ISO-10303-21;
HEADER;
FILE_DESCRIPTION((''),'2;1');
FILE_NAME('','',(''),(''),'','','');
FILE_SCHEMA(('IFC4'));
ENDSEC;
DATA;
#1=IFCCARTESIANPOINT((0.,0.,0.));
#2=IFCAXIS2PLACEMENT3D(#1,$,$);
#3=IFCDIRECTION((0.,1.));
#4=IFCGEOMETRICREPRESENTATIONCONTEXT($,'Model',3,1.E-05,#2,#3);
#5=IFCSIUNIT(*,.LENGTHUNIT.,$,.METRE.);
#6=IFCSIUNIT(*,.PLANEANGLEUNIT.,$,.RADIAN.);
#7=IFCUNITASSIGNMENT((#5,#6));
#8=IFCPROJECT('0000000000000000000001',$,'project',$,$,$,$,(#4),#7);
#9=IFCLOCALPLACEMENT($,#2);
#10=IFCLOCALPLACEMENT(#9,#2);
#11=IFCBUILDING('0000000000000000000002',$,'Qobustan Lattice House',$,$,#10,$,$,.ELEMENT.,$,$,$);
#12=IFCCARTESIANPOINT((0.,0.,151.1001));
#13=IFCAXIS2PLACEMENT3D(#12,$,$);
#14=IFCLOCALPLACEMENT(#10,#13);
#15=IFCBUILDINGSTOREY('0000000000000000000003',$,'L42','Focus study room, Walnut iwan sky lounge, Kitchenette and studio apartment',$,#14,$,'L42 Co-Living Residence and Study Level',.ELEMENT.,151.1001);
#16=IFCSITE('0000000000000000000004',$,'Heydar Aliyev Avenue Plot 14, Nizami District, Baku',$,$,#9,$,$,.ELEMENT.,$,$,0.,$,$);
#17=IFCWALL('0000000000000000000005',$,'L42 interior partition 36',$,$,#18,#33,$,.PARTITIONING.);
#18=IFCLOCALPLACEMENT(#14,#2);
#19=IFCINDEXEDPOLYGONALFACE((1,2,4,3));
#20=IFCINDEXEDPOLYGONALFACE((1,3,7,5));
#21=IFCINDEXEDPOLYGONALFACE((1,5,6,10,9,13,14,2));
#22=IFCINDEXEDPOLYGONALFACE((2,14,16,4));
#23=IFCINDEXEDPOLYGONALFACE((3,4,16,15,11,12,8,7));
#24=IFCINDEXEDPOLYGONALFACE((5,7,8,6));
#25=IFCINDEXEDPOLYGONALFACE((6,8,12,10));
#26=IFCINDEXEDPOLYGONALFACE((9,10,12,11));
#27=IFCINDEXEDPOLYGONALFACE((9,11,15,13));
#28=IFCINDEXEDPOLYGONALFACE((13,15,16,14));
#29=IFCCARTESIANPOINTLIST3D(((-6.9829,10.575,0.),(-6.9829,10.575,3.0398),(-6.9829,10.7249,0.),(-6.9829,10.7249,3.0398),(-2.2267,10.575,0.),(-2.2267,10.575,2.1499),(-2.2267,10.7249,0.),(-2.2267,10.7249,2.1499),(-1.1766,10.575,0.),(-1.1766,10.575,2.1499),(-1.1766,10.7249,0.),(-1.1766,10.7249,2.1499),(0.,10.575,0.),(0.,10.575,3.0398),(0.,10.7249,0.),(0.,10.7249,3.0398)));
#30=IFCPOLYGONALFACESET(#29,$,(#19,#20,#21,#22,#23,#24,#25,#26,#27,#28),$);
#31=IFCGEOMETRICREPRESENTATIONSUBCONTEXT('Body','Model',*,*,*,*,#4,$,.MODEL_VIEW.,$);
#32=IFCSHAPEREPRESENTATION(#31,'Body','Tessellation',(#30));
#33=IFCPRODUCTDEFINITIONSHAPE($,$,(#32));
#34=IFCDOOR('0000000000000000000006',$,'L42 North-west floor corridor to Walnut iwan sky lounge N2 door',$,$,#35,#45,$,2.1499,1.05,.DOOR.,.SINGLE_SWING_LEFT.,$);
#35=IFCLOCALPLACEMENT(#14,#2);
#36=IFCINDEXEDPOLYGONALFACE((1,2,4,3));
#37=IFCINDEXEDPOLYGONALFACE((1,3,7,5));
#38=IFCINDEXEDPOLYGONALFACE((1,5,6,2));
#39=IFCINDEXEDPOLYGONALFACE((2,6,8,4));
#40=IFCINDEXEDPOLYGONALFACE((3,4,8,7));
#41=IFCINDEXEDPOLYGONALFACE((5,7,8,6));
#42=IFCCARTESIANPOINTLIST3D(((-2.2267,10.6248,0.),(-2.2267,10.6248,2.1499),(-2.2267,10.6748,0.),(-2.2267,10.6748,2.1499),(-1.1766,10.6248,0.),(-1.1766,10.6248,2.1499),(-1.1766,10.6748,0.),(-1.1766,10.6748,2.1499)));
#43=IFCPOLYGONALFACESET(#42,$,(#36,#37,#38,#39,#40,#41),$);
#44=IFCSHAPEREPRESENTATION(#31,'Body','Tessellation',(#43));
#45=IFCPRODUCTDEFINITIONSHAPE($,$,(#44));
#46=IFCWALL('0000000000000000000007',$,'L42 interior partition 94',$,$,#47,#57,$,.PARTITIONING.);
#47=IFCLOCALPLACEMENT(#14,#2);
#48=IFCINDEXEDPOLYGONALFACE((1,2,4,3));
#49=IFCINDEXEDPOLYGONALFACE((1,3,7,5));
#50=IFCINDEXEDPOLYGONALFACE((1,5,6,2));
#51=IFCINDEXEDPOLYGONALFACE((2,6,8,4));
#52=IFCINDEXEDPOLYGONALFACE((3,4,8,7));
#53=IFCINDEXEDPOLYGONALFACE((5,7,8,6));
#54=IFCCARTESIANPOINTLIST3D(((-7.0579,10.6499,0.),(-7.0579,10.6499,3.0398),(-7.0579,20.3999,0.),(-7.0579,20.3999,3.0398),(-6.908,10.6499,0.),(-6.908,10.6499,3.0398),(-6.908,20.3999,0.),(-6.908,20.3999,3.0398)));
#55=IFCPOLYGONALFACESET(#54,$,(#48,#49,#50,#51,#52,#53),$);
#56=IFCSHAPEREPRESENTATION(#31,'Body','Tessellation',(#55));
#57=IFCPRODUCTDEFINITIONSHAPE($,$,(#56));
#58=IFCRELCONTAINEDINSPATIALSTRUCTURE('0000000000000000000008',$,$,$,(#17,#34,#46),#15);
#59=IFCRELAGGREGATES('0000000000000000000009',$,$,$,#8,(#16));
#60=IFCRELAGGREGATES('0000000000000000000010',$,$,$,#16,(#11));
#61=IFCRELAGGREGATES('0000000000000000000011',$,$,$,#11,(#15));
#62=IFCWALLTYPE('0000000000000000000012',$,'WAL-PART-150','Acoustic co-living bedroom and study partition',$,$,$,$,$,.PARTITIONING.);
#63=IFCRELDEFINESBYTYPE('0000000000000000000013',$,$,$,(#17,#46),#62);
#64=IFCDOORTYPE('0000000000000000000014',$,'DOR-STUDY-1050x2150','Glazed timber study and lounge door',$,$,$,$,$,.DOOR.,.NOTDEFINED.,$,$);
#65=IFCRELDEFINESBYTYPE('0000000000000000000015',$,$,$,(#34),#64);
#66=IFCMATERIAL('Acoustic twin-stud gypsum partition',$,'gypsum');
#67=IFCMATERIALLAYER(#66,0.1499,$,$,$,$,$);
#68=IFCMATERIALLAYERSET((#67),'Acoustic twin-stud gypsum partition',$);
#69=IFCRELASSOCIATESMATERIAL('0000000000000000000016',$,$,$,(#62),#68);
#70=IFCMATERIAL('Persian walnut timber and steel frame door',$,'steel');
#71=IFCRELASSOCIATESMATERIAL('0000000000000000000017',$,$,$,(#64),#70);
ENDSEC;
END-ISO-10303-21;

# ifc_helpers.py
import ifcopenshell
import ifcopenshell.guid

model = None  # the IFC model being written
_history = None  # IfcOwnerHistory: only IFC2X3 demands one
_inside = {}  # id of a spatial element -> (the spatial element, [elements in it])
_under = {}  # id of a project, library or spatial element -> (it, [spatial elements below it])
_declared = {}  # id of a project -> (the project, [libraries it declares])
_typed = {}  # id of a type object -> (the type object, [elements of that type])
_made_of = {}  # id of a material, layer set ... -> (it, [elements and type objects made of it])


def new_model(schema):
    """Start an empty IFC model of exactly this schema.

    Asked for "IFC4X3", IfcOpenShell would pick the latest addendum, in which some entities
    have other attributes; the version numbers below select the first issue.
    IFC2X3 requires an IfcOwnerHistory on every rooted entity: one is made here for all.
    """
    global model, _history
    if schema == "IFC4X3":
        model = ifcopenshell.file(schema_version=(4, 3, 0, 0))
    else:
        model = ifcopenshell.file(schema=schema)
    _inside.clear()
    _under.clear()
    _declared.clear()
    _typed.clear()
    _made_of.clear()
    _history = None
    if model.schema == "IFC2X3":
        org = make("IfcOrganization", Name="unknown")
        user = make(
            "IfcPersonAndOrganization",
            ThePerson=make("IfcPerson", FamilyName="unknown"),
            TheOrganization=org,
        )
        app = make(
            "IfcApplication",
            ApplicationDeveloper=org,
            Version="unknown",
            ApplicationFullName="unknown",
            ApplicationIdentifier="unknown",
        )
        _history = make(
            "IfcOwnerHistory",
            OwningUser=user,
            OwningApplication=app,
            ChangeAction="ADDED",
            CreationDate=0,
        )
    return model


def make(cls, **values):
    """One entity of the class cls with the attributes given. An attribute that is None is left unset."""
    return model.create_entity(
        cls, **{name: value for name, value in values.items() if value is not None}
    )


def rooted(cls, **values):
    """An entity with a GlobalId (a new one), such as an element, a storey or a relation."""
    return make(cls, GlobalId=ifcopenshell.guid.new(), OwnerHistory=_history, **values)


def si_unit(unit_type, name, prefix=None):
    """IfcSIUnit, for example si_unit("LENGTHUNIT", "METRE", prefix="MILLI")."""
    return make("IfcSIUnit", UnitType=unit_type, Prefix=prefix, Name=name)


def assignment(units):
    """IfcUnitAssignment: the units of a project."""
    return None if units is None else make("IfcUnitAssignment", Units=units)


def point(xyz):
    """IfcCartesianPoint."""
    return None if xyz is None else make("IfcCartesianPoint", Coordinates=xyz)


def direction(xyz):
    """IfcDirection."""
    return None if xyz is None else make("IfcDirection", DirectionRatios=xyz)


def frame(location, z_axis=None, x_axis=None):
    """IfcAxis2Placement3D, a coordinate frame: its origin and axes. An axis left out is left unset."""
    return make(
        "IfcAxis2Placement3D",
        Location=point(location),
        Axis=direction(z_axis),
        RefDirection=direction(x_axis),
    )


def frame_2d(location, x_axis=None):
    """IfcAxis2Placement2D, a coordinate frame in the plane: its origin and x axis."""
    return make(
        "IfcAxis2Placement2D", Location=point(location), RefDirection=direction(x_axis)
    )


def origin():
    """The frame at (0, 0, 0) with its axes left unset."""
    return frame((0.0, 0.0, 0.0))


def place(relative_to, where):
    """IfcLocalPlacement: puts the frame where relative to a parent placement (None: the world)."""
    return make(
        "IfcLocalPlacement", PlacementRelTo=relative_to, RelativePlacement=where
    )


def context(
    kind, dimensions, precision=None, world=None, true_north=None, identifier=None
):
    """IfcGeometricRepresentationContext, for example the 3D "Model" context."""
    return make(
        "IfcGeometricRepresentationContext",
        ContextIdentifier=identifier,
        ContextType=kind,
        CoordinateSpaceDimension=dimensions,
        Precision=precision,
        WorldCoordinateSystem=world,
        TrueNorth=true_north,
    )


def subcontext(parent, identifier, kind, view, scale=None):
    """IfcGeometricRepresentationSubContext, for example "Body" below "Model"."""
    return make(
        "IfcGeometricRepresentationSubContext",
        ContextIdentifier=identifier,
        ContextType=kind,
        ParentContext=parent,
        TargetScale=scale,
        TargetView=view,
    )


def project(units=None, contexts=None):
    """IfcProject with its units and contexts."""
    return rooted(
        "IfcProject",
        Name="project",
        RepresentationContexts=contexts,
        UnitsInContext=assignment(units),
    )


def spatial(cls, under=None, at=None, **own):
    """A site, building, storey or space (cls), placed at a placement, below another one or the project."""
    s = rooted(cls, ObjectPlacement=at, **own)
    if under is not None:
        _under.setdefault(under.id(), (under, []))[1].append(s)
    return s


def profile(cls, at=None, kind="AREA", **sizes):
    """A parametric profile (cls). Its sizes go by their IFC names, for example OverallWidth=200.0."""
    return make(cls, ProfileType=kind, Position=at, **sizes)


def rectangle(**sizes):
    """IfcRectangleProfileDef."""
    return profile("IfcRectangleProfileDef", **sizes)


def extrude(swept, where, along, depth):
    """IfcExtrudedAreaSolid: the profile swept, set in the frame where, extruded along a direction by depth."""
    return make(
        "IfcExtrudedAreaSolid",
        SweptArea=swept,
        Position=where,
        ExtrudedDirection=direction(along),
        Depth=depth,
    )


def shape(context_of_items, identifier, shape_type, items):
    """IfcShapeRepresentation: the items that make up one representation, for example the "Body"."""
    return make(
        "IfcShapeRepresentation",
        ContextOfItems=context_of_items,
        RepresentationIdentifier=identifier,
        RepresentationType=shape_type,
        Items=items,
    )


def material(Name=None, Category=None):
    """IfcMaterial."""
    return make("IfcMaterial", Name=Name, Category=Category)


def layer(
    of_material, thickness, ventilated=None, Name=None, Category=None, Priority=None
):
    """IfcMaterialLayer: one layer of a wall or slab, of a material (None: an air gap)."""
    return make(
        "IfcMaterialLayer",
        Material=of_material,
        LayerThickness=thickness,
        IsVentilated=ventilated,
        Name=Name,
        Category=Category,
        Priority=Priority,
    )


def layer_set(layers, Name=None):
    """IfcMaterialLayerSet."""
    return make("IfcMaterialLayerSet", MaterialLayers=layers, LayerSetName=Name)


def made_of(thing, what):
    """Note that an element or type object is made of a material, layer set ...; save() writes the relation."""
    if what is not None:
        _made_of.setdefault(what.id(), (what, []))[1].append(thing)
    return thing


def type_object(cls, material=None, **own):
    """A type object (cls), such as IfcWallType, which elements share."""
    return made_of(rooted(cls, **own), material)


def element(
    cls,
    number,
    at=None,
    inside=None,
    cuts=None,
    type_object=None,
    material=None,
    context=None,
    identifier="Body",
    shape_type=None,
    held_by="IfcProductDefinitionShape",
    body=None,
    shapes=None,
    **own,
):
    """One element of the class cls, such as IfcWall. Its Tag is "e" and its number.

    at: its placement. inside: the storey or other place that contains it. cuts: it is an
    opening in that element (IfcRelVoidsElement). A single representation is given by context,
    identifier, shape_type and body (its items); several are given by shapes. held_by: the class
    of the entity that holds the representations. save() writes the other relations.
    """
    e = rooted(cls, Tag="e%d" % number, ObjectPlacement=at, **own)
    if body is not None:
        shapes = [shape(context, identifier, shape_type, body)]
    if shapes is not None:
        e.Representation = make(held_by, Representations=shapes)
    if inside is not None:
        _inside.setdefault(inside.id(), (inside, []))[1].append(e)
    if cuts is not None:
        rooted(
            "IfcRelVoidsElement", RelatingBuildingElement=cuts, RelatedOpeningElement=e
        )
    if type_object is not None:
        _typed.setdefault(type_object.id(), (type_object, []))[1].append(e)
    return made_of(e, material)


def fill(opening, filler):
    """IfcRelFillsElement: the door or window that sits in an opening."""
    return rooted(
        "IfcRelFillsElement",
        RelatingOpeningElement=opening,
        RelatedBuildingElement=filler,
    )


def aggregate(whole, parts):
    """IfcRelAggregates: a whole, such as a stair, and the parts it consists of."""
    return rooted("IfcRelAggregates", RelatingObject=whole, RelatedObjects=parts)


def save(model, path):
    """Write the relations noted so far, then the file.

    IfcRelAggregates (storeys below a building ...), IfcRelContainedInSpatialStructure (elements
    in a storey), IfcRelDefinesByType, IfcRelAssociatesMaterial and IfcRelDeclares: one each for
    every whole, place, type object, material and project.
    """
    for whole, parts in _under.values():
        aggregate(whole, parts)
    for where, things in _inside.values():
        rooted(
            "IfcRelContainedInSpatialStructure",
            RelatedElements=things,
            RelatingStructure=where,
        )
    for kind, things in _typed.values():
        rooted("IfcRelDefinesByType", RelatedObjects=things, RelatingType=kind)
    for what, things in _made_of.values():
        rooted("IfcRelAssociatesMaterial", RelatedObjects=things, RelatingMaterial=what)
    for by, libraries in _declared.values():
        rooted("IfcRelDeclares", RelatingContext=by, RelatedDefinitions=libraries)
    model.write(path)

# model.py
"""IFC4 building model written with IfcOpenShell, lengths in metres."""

from ifc_helpers import new_model, si_unit, direction, frame, frame_2d, origin, place, context, subcontext, project, spatial, rectangle, extrude, material, layer, layer_set, type_object, element, fill, save


model = new_model("IFC4")

# Units and contexts
model_context = context("Model", 3, precision=1e-05, world=origin(), true_north=direction((0.0, 1.0)))
body_context = subcontext(model_context, "Body", "Model", "MODEL_VIEW")
ifc_project = project(units=[si_unit("LENGTHUNIT", "METRE"), si_unit("PLANEANGLEUNIT", "RADIAN")], contexts=[model_context])

# Site, building, storey
site_placement = place(None, origin())
site = spatial("IfcSite", under=ifc_project, at=site_placement, Name="Heydar Aliyev Avenue Plot 14, Nizami District, Baku", CompositionType="ELEMENT", RefElevation=0.0)
building_placement = place(site_placement, origin())
building = spatial("IfcBuilding", under=site, at=building_placement, Name="Qobustan Lattice House", CompositionType="ELEMENT")
storey_placement = place(building_placement, frame((0.0, 0.0, 151.1001)))
storey = spatial("IfcBuildingStorey", under=building, at=storey_placement, Name="L42", Description="Focus study room, Walnut iwan sky lounge, Kitchenette and studio apartment", LongName="L42 Co-Living Residence and Study Level", CompositionType="ELEMENT", Elevation=151.1001)

# Wall, opening, door
ifc_material_1 = material(Name="Acoustic twin-stud gypsum partition", Category="gypsum")
ifc_layer_1 = layer(ifc_material_1, 0.1499)
ifc_layer_set_1 = layer_set([ifc_layer_1], Name="Acoustic twin-stud gypsum partition")
wall_type = type_object("IfcWallType", Name="WAL-PART-150", Description="Acoustic co-living bedroom and study partition", PredefinedType="PARTITIONING", material=ifc_layer_set_1)
wall_1_placement = place(storey_placement, frame((-6.9829, 10.6499, 0.0), z_axis=(0.0, 0.0, 1.0), x_axis=(1.0, 0.0, 0.0)))
wall_1 = element("IfcWall", 1, at=wall_1_placement, inside=storey, type_object=wall_type, Name="L42 interior partition 36", PredefinedType="PARTITIONING", context=body_context, shape_type="SweptSolid", body=[
    extrude(rectangle(XDim=6.9829, YDim=0.1499, at=frame_2d((3.4915, 0.0))), origin(), (0.0, 0.0, 1.0), 3.0398),
])
opening_placement = place(wall_1_placement, frame((4.7563, 0.0, 0.0)))
opening = element("IfcOpeningElement", 2, at=opening_placement, cuts=wall_1, PredefinedType="OPENING", context=body_context, shape_type="SweptSolid", body=[
    extrude(rectangle(XDim=1.05, YDim=2.1499, at=frame_2d((0.5249, 1.075))), frame((0.0, 0.085, 0.0), z_axis=(0.0, -1.0, 0.0), x_axis=(1.0, 0.0, 0.0)), (0.0, 0.0, 1.0), 0.1699),
])
ifc_material_2 = material(Name="Persian walnut timber and steel frame door", Category="steel")
door_type = type_object("IfcDoorType", Name="DOR-STUDY-1050x2150", Description="Glazed timber study and lounge door", OperationType="NOTDEFINED", PredefinedType="DOOR", material=ifc_material_2)
door_placement = place(opening_placement, origin())
door = element("IfcDoor", 3, at=door_placement, inside=storey, type_object=door_type, Name="L42 North-west floor corridor to Walnut iwan sky lounge N2 door", OperationType="SINGLE_SWING_LEFT", OverallHeight=2.1499, OverallWidth=1.05, PredefinedType="DOOR", context=body_context, shape_type="SweptSolid", body=[
    extrude(rectangle(XDim=1.05, YDim=2.1499, at=frame_2d((0.5249, 1.075))), frame((0.0, 0.0249, 0.0), z_axis=(0.0, -1.0, 0.0), x_axis=(1.0, 0.0, 0.0)), (0.0, 0.0, 1.0), 0.05),
])
fill(opening, door)

# Wall
wall_2_placement = place(storey_placement, frame((-6.9829, 20.3999, 0.0), z_axis=(0.0, 0.0, 1.0), x_axis=(0.0, -1.0, 0.0)))
element("IfcWall", 4, at=wall_2_placement, inside=storey, type_object=wall_type, Name="L42 interior partition 94", PredefinedType="PARTITIONING", context=body_context, shape_type="SweptSolid", body=[
    extrude(rectangle(XDim=9.75, YDim=0.1499, at=frame_2d((4.875, 0.0))), origin(), (0.0, 0.0, 1.0), 3.0398),
])

save(model, "model.ifc")
